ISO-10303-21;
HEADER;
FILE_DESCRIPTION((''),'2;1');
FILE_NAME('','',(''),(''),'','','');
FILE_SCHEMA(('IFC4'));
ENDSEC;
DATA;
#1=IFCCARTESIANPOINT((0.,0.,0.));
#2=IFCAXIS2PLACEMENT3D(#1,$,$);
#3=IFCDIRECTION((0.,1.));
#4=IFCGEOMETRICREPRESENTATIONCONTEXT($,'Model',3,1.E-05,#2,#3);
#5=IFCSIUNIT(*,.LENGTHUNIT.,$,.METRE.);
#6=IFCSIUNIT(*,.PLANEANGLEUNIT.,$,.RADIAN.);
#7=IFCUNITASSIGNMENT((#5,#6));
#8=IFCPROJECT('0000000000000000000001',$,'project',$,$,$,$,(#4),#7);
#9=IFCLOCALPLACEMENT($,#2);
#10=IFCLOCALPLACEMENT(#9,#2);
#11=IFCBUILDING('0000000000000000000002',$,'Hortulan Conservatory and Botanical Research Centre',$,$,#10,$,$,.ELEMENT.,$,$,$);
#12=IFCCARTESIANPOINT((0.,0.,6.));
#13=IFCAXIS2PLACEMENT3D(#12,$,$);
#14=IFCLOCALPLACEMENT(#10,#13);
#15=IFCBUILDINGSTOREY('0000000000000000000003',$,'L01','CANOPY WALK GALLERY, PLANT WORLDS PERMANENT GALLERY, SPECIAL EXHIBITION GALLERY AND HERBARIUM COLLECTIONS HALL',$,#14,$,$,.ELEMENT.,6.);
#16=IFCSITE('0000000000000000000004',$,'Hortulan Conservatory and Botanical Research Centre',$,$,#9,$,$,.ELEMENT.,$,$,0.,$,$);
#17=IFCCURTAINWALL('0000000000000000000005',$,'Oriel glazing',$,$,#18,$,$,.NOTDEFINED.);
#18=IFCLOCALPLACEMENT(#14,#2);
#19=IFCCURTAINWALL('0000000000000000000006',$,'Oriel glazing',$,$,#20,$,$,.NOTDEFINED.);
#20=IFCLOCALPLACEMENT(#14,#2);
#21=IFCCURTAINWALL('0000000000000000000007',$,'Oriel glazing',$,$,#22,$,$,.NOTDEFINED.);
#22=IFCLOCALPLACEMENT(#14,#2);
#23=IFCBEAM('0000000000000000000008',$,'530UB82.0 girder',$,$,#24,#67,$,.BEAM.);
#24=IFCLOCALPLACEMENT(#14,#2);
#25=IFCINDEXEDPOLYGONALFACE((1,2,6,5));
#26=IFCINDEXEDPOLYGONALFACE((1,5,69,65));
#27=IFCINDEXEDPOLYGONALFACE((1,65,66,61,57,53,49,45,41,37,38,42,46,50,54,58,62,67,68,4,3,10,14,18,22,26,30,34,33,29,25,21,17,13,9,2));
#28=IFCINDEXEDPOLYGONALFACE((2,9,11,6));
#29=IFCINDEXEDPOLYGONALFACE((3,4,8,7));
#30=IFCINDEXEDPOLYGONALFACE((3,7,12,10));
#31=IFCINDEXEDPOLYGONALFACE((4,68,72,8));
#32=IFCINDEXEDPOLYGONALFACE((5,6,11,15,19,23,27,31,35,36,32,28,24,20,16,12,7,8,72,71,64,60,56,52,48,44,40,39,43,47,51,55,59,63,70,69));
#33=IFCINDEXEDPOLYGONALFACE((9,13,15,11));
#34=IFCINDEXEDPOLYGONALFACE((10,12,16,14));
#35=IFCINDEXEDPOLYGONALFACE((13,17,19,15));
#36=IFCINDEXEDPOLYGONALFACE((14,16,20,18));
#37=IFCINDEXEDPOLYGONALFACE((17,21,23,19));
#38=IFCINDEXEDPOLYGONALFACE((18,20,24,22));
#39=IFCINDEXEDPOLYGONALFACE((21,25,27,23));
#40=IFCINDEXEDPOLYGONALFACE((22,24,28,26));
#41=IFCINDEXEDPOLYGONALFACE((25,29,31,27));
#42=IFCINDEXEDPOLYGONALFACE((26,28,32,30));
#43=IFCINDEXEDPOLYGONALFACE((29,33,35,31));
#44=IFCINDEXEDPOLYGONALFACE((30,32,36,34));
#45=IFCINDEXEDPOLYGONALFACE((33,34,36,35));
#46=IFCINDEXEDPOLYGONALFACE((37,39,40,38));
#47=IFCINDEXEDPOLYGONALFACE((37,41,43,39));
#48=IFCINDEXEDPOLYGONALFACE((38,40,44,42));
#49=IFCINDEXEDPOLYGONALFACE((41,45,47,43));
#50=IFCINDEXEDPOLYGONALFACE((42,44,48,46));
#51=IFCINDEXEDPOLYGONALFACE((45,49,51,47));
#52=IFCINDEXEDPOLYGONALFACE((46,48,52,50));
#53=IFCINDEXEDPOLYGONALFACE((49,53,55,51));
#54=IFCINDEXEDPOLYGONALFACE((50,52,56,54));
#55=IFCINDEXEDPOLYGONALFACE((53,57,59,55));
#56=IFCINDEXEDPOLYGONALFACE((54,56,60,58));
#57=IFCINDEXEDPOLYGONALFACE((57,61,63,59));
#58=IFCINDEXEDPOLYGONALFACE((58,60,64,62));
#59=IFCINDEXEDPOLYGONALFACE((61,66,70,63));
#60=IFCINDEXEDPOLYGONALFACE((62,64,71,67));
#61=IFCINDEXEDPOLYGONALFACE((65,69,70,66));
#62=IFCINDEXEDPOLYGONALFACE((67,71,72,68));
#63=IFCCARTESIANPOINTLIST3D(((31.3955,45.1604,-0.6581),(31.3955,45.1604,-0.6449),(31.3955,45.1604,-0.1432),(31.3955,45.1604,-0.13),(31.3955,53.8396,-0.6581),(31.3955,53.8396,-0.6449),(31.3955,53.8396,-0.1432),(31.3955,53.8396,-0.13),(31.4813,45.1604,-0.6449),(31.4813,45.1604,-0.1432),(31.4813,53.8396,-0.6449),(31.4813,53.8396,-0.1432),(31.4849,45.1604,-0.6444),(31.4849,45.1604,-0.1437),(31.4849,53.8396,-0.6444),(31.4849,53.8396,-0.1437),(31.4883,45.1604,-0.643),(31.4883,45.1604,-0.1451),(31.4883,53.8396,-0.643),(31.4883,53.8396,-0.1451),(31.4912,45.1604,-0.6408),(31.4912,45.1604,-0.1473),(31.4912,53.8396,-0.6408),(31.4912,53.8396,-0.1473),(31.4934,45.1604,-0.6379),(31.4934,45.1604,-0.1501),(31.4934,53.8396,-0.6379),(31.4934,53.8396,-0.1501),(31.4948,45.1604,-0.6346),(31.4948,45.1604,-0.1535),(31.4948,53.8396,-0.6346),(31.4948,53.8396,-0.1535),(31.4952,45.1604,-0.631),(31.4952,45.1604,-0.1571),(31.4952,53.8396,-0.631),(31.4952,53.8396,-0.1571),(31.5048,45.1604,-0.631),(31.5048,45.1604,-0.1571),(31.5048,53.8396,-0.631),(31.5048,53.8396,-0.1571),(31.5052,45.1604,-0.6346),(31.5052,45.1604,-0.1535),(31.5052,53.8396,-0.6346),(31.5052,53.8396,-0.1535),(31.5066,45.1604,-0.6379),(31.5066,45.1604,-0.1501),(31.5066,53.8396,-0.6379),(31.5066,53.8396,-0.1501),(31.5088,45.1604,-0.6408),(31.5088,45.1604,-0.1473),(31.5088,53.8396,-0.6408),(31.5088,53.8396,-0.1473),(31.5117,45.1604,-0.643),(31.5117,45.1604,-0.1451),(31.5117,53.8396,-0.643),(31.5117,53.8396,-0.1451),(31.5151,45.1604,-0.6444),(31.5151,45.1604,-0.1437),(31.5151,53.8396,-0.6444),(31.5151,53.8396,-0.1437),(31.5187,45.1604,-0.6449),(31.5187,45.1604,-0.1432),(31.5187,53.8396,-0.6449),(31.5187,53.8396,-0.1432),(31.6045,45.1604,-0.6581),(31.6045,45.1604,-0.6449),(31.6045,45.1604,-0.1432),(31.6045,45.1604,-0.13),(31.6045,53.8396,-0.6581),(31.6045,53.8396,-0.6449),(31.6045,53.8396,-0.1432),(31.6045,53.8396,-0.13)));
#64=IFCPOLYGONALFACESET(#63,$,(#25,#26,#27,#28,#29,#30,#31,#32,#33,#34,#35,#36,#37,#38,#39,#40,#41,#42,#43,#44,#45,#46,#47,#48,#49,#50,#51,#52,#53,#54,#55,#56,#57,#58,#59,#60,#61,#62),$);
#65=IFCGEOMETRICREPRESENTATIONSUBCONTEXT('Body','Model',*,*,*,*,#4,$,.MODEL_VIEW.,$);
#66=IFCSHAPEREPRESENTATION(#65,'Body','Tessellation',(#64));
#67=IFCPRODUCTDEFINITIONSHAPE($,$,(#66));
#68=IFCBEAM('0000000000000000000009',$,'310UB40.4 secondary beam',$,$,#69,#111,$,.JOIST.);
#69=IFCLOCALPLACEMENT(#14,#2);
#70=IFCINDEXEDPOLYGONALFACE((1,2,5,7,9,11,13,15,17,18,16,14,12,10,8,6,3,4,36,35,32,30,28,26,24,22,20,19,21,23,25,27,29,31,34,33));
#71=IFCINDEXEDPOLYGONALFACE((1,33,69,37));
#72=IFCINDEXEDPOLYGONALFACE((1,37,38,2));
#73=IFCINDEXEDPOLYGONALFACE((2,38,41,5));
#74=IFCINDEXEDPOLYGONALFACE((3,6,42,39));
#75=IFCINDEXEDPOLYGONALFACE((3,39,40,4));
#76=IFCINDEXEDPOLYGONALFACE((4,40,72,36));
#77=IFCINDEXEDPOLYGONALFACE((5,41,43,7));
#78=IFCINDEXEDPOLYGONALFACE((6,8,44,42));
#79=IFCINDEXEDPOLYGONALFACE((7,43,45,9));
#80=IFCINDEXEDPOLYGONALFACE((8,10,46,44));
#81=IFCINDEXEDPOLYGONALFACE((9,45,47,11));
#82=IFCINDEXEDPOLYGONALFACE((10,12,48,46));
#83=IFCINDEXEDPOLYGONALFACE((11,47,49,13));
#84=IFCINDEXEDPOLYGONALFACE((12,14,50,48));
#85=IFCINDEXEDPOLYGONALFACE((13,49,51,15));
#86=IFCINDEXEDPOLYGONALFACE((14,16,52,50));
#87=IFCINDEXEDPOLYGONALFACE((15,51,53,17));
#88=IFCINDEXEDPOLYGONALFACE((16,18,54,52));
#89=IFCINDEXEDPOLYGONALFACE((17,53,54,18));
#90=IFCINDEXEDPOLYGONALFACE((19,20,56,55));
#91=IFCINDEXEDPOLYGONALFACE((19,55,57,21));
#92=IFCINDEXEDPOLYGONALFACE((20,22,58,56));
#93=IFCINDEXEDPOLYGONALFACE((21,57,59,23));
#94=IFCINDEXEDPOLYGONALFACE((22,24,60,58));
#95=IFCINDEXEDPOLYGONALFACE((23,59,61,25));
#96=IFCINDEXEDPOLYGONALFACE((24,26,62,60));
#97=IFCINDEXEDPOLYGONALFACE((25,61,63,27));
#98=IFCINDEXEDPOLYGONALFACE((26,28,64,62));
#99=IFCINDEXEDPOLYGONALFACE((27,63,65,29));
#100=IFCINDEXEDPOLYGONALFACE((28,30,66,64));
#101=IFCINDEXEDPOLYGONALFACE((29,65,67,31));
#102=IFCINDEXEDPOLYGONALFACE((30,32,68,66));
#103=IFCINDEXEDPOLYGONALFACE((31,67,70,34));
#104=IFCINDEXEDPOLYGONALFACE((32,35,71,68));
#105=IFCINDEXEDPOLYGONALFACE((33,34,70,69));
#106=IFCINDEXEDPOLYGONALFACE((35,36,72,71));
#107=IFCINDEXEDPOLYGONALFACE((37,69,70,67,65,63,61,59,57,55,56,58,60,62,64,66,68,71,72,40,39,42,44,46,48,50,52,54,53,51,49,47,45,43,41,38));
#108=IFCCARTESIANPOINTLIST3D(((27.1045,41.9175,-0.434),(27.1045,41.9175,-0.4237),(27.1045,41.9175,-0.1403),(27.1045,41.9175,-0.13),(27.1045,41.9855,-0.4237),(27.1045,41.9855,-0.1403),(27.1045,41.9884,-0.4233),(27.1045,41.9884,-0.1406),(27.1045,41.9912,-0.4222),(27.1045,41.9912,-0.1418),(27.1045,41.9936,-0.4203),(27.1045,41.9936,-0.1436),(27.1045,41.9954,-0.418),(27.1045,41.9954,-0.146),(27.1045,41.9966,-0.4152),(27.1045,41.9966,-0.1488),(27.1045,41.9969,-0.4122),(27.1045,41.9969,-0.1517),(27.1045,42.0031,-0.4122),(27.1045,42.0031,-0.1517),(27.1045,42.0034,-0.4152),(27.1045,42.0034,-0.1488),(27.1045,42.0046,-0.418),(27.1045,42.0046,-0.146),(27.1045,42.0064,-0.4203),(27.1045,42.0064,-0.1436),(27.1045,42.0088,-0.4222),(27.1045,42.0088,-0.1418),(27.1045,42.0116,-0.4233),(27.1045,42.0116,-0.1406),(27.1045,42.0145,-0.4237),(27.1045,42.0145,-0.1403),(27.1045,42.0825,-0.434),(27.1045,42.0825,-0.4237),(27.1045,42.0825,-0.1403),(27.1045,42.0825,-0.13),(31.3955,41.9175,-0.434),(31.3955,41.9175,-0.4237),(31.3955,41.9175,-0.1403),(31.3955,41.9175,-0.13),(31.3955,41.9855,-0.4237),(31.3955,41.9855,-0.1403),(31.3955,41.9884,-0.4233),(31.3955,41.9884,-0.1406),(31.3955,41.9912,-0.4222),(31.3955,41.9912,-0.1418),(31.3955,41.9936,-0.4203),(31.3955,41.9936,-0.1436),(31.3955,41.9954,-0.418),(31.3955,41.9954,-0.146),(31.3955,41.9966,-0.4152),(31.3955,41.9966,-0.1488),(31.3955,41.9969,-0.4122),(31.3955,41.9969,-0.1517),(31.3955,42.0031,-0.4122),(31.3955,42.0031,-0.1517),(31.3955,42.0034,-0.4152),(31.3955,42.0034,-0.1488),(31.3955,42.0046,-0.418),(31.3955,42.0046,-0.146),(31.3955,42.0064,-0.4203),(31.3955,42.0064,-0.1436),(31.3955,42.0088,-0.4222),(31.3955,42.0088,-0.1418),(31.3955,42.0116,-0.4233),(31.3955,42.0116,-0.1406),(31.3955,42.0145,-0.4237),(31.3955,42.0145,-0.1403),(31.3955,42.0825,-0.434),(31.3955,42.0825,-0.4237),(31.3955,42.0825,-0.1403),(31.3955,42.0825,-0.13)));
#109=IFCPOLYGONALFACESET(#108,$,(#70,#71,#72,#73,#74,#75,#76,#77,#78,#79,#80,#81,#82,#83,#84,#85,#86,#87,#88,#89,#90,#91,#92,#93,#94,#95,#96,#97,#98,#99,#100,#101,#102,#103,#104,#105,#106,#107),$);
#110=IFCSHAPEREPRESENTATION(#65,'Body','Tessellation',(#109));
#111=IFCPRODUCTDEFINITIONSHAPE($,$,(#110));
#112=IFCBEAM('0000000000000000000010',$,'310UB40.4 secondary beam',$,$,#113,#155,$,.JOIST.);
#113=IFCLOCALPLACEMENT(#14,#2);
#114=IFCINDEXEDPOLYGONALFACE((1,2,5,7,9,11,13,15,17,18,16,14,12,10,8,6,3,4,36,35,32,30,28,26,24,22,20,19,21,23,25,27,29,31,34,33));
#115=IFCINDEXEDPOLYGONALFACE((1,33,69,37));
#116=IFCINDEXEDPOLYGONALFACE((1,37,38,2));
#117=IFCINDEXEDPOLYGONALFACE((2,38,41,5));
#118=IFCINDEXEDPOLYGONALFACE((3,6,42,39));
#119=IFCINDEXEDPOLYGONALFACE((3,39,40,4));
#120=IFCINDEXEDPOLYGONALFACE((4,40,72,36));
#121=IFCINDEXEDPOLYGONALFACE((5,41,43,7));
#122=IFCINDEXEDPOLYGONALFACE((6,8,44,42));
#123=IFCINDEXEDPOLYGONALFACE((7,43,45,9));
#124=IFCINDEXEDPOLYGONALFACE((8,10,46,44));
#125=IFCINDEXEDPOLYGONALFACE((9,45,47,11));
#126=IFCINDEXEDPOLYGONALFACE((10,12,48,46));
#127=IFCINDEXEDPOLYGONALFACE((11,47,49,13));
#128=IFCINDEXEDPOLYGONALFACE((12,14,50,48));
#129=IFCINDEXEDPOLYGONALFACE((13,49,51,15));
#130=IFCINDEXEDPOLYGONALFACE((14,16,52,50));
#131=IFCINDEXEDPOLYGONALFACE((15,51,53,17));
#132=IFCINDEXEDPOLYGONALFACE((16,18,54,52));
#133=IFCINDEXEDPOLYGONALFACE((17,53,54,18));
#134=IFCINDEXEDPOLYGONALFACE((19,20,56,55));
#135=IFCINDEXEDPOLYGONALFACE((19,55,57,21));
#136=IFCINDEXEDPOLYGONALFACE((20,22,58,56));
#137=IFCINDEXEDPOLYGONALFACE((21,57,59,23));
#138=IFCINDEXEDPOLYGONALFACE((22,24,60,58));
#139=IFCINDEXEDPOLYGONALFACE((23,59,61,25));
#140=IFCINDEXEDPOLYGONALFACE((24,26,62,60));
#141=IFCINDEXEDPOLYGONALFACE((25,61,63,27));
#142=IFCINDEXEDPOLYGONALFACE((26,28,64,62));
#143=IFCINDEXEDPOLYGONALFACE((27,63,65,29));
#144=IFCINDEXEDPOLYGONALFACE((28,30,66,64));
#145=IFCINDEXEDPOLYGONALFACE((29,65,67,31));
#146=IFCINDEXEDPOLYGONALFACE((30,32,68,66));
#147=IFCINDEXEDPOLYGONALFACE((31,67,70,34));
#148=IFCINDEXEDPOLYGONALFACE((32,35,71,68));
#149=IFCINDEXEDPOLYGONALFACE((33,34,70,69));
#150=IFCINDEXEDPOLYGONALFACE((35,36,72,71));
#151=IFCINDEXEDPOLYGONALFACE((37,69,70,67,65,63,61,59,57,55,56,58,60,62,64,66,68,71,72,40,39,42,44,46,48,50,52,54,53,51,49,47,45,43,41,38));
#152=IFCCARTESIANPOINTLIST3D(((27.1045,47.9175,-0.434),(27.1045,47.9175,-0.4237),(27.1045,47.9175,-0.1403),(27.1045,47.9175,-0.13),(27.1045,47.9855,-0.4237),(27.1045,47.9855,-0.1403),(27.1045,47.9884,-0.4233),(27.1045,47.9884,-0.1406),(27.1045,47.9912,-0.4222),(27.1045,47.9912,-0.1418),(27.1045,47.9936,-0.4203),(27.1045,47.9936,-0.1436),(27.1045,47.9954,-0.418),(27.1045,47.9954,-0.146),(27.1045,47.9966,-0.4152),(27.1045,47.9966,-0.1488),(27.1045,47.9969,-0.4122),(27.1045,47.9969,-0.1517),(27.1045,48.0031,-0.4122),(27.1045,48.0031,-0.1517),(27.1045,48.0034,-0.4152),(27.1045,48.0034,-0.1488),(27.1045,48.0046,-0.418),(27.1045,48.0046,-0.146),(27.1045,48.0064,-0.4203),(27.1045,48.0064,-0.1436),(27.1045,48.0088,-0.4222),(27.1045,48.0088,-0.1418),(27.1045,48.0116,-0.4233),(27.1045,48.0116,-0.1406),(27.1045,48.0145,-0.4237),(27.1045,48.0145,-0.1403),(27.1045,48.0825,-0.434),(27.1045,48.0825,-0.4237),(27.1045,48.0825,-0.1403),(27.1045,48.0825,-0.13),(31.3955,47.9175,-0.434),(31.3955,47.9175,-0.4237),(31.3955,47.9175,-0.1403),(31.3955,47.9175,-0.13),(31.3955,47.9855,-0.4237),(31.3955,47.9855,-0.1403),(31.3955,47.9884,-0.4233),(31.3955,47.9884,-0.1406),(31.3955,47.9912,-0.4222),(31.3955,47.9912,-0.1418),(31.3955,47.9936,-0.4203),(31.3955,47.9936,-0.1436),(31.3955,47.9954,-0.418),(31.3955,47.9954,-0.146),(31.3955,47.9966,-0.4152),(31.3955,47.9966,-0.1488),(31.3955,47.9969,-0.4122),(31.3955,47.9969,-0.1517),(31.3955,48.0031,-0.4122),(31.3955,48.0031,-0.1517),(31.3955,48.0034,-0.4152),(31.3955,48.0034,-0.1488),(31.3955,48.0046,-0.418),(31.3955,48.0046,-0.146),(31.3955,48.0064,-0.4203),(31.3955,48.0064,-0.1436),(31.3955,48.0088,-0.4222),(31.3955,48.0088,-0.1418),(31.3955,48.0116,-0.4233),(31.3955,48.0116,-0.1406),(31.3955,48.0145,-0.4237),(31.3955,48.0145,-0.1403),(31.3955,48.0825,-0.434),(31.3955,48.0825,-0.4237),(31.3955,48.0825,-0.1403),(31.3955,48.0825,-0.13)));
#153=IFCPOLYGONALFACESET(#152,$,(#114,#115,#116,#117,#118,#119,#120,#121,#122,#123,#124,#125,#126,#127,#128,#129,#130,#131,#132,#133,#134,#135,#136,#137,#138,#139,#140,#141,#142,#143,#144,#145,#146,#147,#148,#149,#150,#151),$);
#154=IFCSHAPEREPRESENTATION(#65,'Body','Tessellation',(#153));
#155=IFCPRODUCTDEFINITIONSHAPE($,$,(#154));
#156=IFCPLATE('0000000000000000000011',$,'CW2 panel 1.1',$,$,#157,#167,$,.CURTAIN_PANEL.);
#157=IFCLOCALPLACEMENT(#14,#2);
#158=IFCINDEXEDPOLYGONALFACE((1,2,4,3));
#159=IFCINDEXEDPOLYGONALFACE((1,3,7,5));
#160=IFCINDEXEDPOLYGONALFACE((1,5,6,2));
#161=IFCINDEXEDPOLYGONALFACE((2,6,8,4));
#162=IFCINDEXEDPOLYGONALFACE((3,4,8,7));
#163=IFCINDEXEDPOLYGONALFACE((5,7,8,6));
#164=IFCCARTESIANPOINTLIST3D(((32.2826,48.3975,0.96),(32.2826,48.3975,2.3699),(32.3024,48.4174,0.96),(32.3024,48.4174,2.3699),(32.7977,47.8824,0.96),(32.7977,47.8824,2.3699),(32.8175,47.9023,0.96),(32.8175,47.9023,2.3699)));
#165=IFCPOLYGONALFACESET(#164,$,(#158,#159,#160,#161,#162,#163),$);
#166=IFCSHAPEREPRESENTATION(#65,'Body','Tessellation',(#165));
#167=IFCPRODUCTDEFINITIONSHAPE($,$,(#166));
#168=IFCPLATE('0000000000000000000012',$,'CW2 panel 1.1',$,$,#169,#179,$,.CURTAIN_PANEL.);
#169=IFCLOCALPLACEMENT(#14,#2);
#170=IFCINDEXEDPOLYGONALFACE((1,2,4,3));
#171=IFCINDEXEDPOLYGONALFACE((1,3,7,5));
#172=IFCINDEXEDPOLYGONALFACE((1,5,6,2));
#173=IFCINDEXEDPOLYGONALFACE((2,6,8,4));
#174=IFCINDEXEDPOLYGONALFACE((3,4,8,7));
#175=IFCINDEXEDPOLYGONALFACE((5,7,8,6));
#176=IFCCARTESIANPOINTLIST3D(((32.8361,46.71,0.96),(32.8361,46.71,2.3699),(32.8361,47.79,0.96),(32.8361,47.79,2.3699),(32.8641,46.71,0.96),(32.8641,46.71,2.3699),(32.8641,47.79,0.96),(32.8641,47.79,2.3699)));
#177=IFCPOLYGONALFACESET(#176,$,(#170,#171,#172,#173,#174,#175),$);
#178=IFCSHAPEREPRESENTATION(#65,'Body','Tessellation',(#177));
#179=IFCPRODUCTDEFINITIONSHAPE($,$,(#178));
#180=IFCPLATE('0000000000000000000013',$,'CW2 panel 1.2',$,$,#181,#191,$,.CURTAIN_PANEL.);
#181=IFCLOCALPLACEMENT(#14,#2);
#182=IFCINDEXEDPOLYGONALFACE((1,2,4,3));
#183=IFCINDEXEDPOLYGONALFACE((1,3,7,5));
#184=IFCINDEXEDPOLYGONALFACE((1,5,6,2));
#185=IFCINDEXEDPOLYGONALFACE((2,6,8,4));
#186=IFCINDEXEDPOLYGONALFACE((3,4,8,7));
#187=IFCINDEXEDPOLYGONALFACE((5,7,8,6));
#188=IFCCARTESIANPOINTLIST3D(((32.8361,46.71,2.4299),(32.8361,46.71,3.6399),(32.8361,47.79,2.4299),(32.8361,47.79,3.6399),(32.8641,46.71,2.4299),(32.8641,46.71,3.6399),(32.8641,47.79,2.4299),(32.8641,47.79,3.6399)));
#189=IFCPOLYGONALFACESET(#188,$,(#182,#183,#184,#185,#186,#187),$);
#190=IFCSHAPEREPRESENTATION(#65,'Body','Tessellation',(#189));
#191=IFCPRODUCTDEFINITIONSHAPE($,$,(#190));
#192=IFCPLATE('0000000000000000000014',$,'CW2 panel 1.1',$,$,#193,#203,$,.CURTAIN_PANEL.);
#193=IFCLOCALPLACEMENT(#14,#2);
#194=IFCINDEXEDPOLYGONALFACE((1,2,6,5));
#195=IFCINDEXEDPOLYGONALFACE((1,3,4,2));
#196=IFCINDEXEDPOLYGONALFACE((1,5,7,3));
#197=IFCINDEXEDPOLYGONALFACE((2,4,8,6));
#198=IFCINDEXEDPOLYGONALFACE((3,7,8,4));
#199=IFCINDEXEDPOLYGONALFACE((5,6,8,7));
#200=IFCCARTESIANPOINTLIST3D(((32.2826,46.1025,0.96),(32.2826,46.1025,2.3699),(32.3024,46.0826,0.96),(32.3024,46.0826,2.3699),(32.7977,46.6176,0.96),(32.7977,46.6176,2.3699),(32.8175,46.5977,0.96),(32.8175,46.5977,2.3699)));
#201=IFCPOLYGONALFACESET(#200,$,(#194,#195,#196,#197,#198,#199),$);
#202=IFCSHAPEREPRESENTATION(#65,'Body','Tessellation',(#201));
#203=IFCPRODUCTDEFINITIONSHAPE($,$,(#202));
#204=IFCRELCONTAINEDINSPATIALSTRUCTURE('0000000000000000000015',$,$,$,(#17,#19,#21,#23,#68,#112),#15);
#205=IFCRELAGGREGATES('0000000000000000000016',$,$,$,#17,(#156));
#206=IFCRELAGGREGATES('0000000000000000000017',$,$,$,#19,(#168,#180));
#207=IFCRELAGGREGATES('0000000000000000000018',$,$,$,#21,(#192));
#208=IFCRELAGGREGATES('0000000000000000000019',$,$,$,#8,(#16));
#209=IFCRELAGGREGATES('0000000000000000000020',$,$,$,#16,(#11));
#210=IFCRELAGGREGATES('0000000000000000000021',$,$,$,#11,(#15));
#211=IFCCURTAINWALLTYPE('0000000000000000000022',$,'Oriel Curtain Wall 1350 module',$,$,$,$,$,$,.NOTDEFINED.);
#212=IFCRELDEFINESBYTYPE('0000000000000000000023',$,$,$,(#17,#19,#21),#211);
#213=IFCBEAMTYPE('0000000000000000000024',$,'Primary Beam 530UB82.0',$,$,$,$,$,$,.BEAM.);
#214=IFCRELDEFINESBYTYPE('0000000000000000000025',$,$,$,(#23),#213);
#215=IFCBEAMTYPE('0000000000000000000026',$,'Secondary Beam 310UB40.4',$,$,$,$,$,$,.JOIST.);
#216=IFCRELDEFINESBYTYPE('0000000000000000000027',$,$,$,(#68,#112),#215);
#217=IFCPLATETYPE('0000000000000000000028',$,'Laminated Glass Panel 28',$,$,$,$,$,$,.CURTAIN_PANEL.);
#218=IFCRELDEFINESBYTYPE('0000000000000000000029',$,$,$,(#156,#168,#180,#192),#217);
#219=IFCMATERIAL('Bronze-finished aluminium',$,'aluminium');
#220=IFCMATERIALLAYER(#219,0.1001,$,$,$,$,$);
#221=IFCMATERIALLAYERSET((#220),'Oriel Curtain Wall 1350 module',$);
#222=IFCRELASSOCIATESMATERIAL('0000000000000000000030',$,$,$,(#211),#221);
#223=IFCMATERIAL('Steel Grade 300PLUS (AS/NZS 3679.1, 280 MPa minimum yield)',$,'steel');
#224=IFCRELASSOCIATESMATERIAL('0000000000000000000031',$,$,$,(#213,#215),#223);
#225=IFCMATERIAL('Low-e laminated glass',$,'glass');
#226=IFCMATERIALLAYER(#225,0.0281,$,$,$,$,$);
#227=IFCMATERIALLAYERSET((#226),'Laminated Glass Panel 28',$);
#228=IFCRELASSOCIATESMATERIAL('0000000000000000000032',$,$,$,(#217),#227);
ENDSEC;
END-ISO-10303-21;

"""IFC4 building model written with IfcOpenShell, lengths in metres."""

from ifc_helpers import new_model, si_unit, direction, frame, origin, origin_2d, place, context, subcontext, project, spatial, rectangle, i_section, extrude, material, layer, layer_set, material_profile, profile_set, type_object, element, aggregate, save


model = new_model("IFC4")

# Units and contexts
model_context = context("Model", 3, precision=1e-05, world=origin(), true_north=direction((0.0, 1.0)))
body_context = subcontext(model_context, "Body", "Model", "MODEL_VIEW")
ifc_project = project(units=[si_unit("LENGTHUNIT", "METRE"), si_unit("PLANEANGLEUNIT", "RADIAN")], contexts=[model_context])

# Site, building, storey
site_placement = place(None, origin())
site = spatial("IfcSite", under=ifc_project, at=site_placement, Name="Hortulan Conservatory and Botanical Research Centre", CompositionType="ELEMENT", RefElevation=0.0)
building_placement = place(site_placement, origin())
building = spatial("IfcBuilding", under=site, at=building_placement, Name="Hortulan Conservatory and Botanical Research Centre", CompositionType="ELEMENT")
storey_placement = place(building_placement, frame((0.0, 0.0, 6.0)))
storey = spatial("IfcBuildingStorey", under=building, at=storey_placement, Name="L01", Description="CANOPY WALK GALLERY, PLANT WORLDS PERMANENT GALLERY, SPECIAL EXHIBITION GALLERY AND HERBARIUM COLLECTIONS HALL", CompositionType="ELEMENT", Elevation=6.0)

# Shared definitions
ifc_material_1 = material(Name="Steel Grade 300PLUS (AS/NZS 3679.1, 280 MPa minimum yield)", Category="steel")

# Curtain wall
ifc_material_2 = material(Name="Bronze-finished aluminium", Category="aluminium")
ifc_layer_1 = layer(ifc_material_2, 0.1001)
ifc_layer_set_1 = layer_set([ifc_layer_1], Name="Oriel Curtain Wall 1350 module")
curtain_wall_type = type_object("IfcCurtainWallType", Name="Oriel Curtain Wall 1350 module", PredefinedType="NOTDEFINED", material=ifc_layer_set_1)
curtain_wall_1_placement = place(storey_placement, origin())
curtain_wall_1 = element("IfcCurtainWall", 1, at=curtain_wall_1_placement, inside=storey, type_object=curtain_wall_type, Name="Oriel glazing", PredefinedType="NOTDEFINED")

# Curtain walls
curtain_wall_2_placement = place(storey_placement, origin())
curtain_wall_2 = element("IfcCurtainWall", 2, at=curtain_wall_2_placement, inside=storey, type_object=curtain_wall_type, Name="Oriel glazing", PredefinedType="NOTDEFINED")
curtain_wall_3_placement = place(storey_placement, origin())
curtain_wall_3 = element("IfcCurtainWall", 3, at=curtain_wall_3_placement, inside=storey, type_object=curtain_wall_type, Name="Oriel glazing", PredefinedType="NOTDEFINED")

# Beams
ifc_material_profile_1 = material_profile(ifc_material_1, i_section(OverallWidth=0.209, OverallDepth=0.5281, WebThickness=0.0095, FlangeThickness=0.0132, FilletRadius=0.0139, at=origin_2d()), Name="530UB82.0")
ifc_profile_set_1 = profile_set([ifc_material_profile_1], Name="Steel Grade 300PLUS (AS/NZS 3679.1, 280 MPa minimum yield)")
beam_type_1 = type_object("IfcBeamType", Name="Primary Beam 530UB82.0", PredefinedType="BEAM", material=ifc_profile_set_1)
for number, where, z_axis, x_axis, name in (
    (4, (31.5, 45.1604, -0.394), (0.0, 1.0, 0.0), (-1.0, 0.0, 0.0), "530UB82.0 girder"),
):
    element("IfcBeam", number, at=place(storey_placement, frame(where, z_axis=z_axis, x_axis=x_axis)), inside=storey, type_object=beam_type_1, Name=name, PredefinedType="BEAM", context=body_context, shape_type="SweptSolid", body=[
        extrude(i_section(OverallWidth=0.209, OverallDepth=0.5281, WebThickness=0.0095, FlangeThickness=0.0132, FilletRadius=0.0139, at=origin_2d()), origin(), (0.0, 0.0, 1.0), 8.6792),
    ])
ifc_material_profile_2 = material_profile(ifc_material_1, i_section(OverallWidth=0.165, OverallDepth=0.304, WebThickness=0.0061, FlangeThickness=0.0103, FilletRadius=0.0115, at=origin_2d()), Name="310UB40.4")
ifc_profile_set_2 = profile_set([ifc_material_profile_2], Name="Steel Grade 300PLUS (AS/NZS 3679.1, 280 MPa minimum yield)")
beam_type_2 = type_object("IfcBeamType", Name="Secondary Beam 310UB40.4", PredefinedType="JOIST", material=ifc_profile_set_2)
for number, where, z_axis, x_axis, name in (
    (5, (27.1045, 42.0, -0.282), (1.0, 0.0, 0.0), (0.0, 1.0, 0.0), "310UB40.4 secondary beam"),
    (6, (27.1045, 48.0, -0.282), (1.0, 0.0, 0.0), (0.0, 1.0, 0.0), "310UB40.4 secondary beam"),
):
    element("IfcBeam", number, at=place(storey_placement, frame(where, z_axis=z_axis, x_axis=x_axis)), inside=storey, type_object=beam_type_2, Name=name, PredefinedType="JOIST", context=body_context, shape_type="SweptSolid", body=[
        extrude(i_section(OverallWidth=0.165, OverallDepth=0.304, WebThickness=0.0061, FlangeThickness=0.0103, FilletRadius=0.0115, at=origin_2d()), origin(), (0.0, 0.0, 1.0), 4.291),
    ])

# Plates
ifc_material_3 = material(Name="Low-e laminated glass", Category="glass")
ifc_layer_2 = layer(ifc_material_3, 0.0281)
ifc_layer_set_2 = layer_set([ifc_layer_2], Name="Laminated Glass Panel 28")
plate_type = type_object("IfcPlateType", Name="Laminated Glass Panel 28", PredefinedType="CURTAIN_PANEL", material=ifc_layer_set_2)
plate_1_placement = place(storey_placement, frame((32.55, 48.1499, 0.96), z_axis=(0.0, 0.0, 1.0), x_axis=(0.707107, -0.707107, 0.0)))
plate_1 = element("IfcPlate", 7, at=plate_1_placement, type_object=plate_type, Name="CW2 panel 1.1", PredefinedType="CURTAIN_PANEL", context=body_context, shape_type="SweptSolid", body=[
    extrude(rectangle(XDim=0.7285, YDim=0.0281, at=origin_2d()), origin(), (0.0, 0.0, 1.0), 1.4099),
])
aggregate(curtain_wall_1, [plate_1])
plate_2_placement = place(storey_placement, frame((32.8501, 47.25, 0.96), z_axis=(0.0, 0.0, 1.0), x_axis=(0.0, -1.0, 0.0)))
plate_2 = element("IfcPlate", 8, at=plate_2_placement, type_object=plate_type, Name="CW2 panel 1.1", PredefinedType="CURTAIN_PANEL", context=body_context, shape_type="SweptSolid", body=[
    extrude(rectangle(XDim=1.0801, YDim=0.0281, at=origin_2d()), origin(), (0.0, 0.0, 1.0), 1.4099),
])
plate_3_placement = place(storey_placement, frame((32.8501, 47.25, 2.4299), z_axis=(0.0, 0.0, 1.0), x_axis=(0.0, -1.0, 0.0)))
plate_3 = element("IfcPlate", 9, at=plate_3_placement, type_object=plate_type, Name="CW2 panel 1.2", PredefinedType="CURTAIN_PANEL", context=body_context, shape_type="SweptSolid", body=[
    extrude(rectangle(XDim=1.0801, YDim=0.0281, at=origin_2d()), origin(), (0.0, 0.0, 1.0), 1.21),
])
aggregate(curtain_wall_2, [plate_2, plate_3])
plate_4_placement = place(storey_placement, frame((32.55, 46.3501, 0.96), z_axis=(0.0, 0.0, 1.0), x_axis=(-0.707107, -0.707107, 0.0)))
plate_4 = element("IfcPlate", 10, at=plate_4_placement, type_object=plate_type, Name="CW2 panel 1.1", PredefinedType="CURTAIN_PANEL", context=body_context, shape_type="SweptSolid", body=[
    extrude(rectangle(XDim=0.7285, YDim=0.0281, at=origin_2d()), origin(), (0.0, 0.0, 1.0), 1.4099),
])
aggregate(curtain_wall_3, [plate_4])

save(model, "model.ifc")
